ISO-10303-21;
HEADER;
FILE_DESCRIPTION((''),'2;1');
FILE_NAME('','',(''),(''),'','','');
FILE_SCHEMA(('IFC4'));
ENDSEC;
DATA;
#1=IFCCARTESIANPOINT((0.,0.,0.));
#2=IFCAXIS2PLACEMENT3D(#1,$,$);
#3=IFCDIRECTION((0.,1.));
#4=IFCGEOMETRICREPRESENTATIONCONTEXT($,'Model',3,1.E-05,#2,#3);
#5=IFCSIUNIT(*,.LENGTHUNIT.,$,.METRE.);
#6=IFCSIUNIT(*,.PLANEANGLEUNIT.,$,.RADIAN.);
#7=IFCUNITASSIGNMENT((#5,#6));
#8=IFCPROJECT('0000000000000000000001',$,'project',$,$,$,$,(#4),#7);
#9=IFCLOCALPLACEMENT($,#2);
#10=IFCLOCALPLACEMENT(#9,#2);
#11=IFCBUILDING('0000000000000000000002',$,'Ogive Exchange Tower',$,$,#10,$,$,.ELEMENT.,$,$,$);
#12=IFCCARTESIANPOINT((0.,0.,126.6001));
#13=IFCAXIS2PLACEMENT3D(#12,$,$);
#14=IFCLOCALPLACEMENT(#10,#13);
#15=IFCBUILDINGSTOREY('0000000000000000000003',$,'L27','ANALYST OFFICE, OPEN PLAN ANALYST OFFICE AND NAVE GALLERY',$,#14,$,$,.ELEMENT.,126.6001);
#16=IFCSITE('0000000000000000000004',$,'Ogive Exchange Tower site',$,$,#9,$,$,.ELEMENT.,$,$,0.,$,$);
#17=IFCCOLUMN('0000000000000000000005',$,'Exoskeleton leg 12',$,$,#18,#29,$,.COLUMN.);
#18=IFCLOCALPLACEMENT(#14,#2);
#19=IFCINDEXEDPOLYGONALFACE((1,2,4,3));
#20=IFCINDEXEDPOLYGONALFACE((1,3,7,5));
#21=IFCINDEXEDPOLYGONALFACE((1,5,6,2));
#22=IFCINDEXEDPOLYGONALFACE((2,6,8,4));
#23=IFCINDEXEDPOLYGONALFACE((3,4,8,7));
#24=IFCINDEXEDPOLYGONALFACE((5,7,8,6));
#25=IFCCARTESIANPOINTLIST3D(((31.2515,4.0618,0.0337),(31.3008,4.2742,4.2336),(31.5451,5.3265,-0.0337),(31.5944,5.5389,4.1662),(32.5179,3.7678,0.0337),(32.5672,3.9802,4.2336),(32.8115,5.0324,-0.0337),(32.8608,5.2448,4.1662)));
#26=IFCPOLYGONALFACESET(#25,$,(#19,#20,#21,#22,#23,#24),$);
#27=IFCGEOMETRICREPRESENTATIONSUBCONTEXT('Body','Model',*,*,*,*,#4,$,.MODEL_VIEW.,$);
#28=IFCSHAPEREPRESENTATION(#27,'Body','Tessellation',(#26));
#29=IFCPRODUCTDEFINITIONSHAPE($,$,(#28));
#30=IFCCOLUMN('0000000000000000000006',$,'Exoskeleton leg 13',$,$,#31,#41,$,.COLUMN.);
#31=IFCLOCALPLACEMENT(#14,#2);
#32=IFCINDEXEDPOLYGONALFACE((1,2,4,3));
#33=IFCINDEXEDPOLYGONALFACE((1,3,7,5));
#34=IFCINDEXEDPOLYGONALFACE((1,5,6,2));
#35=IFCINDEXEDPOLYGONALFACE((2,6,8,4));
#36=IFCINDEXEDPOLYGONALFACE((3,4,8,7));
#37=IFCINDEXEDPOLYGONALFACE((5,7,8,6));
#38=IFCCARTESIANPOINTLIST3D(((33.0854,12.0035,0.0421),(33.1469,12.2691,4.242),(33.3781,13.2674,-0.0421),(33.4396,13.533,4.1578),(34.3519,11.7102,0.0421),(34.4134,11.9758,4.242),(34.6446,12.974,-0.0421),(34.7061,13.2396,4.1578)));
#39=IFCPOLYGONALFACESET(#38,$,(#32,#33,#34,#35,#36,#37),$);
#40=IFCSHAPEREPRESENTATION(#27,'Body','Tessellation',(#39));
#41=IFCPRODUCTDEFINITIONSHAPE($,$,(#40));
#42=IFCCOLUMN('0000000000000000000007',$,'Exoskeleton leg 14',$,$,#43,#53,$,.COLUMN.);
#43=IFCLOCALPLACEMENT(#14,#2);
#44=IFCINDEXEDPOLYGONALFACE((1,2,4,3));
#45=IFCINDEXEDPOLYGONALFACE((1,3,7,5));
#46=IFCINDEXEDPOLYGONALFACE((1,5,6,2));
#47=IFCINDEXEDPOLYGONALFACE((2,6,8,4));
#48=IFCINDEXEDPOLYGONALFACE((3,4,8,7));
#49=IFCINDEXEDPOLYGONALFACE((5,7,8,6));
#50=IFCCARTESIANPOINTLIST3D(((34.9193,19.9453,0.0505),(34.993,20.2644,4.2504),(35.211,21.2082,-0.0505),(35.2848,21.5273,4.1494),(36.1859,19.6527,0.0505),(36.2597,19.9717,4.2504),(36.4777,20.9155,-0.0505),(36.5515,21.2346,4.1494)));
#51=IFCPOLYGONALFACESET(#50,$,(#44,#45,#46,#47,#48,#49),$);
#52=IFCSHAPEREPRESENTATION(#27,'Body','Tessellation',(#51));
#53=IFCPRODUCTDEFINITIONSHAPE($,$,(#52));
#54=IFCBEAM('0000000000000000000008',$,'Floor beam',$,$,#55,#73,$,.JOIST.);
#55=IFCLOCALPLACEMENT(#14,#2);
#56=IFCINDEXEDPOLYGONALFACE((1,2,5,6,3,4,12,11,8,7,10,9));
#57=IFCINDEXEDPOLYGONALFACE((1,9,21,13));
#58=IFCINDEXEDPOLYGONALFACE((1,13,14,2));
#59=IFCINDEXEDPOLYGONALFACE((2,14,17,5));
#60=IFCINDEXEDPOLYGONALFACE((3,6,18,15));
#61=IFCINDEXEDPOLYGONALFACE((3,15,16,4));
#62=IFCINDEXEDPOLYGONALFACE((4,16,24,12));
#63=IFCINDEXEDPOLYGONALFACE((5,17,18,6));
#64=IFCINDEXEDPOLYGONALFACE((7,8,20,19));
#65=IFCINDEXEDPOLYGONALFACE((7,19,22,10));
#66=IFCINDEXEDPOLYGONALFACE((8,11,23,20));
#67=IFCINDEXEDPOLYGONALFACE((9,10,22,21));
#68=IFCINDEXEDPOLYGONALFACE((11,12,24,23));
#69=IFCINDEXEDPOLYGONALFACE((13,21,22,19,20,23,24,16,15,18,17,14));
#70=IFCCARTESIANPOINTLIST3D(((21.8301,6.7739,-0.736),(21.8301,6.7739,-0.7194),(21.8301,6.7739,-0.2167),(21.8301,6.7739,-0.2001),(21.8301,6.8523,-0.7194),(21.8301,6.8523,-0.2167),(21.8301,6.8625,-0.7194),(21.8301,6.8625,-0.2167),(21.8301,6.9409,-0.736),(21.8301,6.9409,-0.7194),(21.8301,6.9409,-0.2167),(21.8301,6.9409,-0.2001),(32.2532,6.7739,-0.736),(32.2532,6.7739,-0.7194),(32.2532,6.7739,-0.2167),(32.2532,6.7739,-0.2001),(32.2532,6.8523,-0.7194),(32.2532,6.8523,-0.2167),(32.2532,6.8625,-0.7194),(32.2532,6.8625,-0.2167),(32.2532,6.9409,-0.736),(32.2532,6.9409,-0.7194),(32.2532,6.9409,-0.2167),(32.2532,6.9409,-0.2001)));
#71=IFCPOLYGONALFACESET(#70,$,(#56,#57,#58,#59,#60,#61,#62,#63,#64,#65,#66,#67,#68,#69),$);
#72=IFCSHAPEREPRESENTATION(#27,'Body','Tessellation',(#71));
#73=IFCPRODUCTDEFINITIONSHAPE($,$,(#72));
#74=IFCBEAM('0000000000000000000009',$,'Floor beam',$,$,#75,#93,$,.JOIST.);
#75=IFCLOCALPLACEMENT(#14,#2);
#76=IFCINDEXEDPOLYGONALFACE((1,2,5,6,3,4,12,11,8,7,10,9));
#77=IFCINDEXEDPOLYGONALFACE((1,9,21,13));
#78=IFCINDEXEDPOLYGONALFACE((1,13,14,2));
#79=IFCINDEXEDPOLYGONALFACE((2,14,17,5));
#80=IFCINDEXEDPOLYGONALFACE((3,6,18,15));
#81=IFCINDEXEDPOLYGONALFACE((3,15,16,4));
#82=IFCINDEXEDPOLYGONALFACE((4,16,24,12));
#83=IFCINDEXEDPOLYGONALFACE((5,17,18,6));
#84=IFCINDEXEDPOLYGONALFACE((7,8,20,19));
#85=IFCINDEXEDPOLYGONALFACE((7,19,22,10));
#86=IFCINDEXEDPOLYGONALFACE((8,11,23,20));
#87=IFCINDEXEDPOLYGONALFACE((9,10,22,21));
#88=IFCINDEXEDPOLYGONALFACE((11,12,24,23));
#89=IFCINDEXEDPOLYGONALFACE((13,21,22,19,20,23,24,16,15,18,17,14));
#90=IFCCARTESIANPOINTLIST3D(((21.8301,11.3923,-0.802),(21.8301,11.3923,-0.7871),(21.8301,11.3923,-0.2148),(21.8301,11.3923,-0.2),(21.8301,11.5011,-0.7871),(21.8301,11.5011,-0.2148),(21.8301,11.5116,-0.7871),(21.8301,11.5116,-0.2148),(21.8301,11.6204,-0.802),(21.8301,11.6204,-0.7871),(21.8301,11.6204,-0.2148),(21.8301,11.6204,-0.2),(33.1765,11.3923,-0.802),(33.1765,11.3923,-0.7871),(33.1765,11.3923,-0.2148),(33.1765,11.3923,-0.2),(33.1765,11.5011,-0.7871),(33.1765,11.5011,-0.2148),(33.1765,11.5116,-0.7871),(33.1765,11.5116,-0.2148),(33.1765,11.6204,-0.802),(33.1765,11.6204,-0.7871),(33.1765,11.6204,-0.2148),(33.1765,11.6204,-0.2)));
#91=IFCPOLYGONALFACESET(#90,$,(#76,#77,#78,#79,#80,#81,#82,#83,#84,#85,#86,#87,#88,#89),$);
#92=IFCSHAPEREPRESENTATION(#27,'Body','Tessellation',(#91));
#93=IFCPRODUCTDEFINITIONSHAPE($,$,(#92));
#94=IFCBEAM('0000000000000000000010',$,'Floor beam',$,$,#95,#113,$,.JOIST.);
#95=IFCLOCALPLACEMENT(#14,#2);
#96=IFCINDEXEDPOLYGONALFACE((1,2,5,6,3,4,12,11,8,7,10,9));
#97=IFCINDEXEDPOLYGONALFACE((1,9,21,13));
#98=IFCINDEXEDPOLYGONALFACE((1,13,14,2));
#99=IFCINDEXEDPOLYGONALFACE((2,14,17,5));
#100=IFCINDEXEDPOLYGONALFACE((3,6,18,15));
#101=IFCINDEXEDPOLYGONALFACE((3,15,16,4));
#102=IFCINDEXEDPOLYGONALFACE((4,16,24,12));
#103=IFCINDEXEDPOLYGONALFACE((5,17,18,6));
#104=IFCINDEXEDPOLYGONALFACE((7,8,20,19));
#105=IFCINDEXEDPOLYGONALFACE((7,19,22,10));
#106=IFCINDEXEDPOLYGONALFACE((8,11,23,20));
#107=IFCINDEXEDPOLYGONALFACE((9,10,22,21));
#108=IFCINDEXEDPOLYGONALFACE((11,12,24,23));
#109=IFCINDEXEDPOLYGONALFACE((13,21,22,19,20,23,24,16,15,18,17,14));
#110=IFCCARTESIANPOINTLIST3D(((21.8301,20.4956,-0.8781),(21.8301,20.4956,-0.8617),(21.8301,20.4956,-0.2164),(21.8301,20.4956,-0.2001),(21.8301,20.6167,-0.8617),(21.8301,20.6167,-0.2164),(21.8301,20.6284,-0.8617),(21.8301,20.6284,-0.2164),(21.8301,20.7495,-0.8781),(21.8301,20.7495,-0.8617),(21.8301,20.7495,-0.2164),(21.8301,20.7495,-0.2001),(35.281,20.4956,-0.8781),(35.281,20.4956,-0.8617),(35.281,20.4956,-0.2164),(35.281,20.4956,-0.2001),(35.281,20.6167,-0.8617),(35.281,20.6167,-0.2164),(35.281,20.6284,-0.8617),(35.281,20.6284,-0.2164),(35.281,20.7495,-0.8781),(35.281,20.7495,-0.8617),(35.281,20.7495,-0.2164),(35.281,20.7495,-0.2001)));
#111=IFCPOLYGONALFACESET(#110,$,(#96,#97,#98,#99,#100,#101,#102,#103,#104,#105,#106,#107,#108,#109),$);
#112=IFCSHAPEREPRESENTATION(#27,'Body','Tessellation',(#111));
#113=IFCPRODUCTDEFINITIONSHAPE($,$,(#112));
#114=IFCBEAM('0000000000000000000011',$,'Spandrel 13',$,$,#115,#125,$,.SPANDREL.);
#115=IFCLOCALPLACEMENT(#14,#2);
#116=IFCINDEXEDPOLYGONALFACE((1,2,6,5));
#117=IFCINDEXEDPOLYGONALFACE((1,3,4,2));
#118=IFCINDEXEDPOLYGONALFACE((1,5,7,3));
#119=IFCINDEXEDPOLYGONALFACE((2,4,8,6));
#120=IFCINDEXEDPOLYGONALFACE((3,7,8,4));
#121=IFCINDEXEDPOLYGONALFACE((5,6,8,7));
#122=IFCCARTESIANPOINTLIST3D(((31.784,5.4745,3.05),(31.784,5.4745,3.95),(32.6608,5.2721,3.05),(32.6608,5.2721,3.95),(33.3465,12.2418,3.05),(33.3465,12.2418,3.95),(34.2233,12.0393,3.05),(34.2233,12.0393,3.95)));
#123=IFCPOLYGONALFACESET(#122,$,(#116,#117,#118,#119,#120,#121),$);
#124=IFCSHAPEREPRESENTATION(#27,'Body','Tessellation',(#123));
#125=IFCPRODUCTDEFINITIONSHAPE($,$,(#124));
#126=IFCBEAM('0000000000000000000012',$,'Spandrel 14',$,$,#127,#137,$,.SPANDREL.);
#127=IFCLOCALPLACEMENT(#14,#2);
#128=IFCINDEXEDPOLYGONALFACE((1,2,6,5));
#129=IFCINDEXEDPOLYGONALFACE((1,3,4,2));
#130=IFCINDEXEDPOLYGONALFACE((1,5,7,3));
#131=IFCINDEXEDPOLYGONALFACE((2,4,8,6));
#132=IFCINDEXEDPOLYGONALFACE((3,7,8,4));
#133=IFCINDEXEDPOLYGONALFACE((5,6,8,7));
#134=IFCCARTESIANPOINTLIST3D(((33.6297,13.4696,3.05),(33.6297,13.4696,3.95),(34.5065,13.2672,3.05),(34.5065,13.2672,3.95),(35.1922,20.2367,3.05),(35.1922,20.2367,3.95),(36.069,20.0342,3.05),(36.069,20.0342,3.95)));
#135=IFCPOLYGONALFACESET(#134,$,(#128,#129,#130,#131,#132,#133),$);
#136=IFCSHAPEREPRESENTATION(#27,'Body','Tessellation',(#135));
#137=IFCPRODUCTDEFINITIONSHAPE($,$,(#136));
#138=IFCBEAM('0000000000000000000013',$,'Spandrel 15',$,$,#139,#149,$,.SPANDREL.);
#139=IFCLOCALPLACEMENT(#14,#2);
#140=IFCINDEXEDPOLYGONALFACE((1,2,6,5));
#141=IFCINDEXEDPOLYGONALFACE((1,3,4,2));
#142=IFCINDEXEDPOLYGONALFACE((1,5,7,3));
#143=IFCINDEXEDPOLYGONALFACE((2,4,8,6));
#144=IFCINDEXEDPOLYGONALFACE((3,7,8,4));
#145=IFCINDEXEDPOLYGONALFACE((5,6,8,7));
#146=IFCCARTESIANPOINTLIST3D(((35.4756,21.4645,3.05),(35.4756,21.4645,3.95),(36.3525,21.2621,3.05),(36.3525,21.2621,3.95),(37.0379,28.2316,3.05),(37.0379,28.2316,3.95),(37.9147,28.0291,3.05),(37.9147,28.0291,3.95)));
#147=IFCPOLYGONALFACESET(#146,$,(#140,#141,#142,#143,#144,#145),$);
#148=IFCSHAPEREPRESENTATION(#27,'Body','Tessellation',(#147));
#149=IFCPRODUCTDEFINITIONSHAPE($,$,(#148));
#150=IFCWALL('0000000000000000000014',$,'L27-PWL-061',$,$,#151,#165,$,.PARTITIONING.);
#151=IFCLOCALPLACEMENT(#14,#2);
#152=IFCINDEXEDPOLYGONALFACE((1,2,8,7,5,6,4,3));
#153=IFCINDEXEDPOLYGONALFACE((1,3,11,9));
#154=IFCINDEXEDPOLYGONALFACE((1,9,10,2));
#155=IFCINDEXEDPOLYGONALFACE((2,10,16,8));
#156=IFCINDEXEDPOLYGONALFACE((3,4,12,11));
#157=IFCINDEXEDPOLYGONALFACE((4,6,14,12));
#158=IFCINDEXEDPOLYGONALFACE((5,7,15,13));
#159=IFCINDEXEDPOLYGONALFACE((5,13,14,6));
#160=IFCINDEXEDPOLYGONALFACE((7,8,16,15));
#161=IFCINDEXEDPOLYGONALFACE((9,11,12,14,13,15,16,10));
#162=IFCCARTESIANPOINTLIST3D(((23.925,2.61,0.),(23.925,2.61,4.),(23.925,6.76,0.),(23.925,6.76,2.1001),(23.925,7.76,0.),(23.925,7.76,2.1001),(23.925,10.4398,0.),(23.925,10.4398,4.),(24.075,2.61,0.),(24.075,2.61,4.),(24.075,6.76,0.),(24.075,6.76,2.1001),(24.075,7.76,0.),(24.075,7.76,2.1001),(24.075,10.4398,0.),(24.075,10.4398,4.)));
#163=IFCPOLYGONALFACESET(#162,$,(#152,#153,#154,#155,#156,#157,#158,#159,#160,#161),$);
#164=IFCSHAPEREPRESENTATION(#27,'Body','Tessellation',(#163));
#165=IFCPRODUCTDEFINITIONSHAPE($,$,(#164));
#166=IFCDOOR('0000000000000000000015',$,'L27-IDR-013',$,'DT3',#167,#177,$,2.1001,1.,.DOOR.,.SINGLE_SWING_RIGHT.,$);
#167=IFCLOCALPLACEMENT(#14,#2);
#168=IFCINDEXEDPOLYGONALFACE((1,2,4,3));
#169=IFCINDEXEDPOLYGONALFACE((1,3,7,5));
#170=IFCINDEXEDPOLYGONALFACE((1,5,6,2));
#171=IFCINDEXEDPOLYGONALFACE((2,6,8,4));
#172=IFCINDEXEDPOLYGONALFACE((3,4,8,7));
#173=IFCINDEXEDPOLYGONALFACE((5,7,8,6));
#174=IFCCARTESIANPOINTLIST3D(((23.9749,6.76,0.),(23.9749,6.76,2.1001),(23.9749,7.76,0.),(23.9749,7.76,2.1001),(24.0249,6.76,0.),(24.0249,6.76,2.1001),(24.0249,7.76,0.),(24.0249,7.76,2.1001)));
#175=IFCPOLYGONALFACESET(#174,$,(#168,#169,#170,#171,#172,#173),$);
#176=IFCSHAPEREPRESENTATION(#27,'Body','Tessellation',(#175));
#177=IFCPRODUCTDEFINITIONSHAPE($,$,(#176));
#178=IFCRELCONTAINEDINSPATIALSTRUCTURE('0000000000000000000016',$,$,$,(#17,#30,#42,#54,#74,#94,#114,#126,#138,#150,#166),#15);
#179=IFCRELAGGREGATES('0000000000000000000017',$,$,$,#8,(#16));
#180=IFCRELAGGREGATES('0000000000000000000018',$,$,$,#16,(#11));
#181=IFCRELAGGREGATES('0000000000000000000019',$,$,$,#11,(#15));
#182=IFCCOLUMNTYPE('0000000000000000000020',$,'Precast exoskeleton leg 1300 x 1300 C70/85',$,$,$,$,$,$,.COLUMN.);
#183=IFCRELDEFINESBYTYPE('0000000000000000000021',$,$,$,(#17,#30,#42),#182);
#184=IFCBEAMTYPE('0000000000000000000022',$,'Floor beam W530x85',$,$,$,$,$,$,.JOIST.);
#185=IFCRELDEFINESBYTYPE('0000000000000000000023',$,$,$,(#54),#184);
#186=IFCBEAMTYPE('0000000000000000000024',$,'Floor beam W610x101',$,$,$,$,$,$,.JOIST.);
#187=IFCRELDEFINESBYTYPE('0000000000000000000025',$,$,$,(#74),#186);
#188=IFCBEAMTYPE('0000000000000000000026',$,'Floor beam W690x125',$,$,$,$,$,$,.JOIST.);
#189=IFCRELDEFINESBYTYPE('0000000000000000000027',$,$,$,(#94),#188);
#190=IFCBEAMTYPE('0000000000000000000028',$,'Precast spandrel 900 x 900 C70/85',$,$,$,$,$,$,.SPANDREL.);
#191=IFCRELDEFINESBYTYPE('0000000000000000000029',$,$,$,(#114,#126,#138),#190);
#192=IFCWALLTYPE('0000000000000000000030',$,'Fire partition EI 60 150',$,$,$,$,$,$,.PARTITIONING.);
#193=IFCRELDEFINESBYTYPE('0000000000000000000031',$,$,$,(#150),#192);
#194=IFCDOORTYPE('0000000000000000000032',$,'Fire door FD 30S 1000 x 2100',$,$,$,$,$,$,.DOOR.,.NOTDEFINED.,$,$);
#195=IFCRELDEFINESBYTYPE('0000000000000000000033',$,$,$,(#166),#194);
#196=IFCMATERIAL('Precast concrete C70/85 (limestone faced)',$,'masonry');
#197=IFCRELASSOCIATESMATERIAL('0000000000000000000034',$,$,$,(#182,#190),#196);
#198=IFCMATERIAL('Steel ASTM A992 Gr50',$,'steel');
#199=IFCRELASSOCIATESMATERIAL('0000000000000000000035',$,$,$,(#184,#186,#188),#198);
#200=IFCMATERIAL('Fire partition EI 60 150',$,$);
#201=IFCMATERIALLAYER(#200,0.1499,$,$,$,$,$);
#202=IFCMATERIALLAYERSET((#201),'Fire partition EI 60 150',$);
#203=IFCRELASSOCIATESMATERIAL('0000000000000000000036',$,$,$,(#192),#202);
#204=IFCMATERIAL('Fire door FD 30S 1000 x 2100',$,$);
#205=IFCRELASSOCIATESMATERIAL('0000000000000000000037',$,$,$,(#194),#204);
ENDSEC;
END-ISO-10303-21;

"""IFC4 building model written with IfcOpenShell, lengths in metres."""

from ifc_helpers import new_model, si_unit, direction, frame, frame_2d, origin, origin_2d, place, context, subcontext, project, spatial, rectangle, i_section, extrude, material, layer, layer_set, material_profile, profile_set, type_object, element, fill, save


model = new_model("IFC4")

# Units and contexts
model_context = context("Model", 3, precision=1e-05, world=origin(), true_north=direction((0.0, 1.0)))
body_context = subcontext(model_context, "Body", "Model", "MODEL_VIEW")
ifc_project = project(units=[si_unit("LENGTHUNIT", "METRE"), si_unit("PLANEANGLEUNIT", "RADIAN")], contexts=[model_context])

# Site, building, storey
site_placement = place(None, origin())
site = spatial("IfcSite", under=ifc_project, at=site_placement, Name="Ogive Exchange Tower site", CompositionType="ELEMENT", RefElevation=0.0)
building_placement = place(site_placement, origin())
building = spatial("IfcBuilding", under=site, at=building_placement, Name="Ogive Exchange Tower", CompositionType="ELEMENT")
storey_placement = place(building_placement, frame((0.0, 0.0, 126.6001)))
storey = spatial("IfcBuildingStorey", under=building, at=storey_placement, Name="L27", Description="ANALYST OFFICE, OPEN PLAN ANALYST OFFICE AND NAVE GALLERY", CompositionType="ELEMENT", Elevation=126.6001)

# Columns
ifc_material_1 = material(Name="Precast concrete C70/85 (limestone faced)", Category="masonry")
ifc_material_profile_1 = material_profile(ifc_material_1, rectangle(XDim=1.3, YDim=1.3, at=origin_2d()), Name="1300 x 1300")
ifc_profile_set_1 = profile_set([ifc_material_profile_1], Name="Precast concrete C70/85 (limestone faced)")
column_type = type_object("IfcColumnType", Name="Precast exoskeleton leg 1300 x 1300 C70/85", PredefinedType="COLUMN", material=ifc_profile_set_1)
column_1_placement = place(storey_placement, frame((32.0315, 4.5471, 0.0), z_axis=(0.011726, 0.050505, 0.998655), x_axis=(-0.974088, 0.226168, 0.0)))
element("IfcColumn", 1, at=column_1_placement, inside=storey, type_object=column_type, Name="Exoskeleton leg 12", PredefinedType="COLUMN", context=body_context, shape_type="SweptSolid", body=[
    extrude(rectangle(XDim=1.3, YDim=1.3, at=origin_2d()), origin(), (0.0, 0.0, 1.0), 4.2056),
])
column_2_placement = place(storey_placement, frame((33.865, 12.4888, 0.0), z_axis=(0.014618, 0.063112, 0.997899), x_axis=(-0.97421, 0.225644, 0.0)))
element("IfcColumn", 2, at=column_2_placement, inside=storey, type_object=column_type, Name="Exoskeleton leg 13", PredefinedType="COLUMN", context=body_context, shape_type="SweptSolid", body=[
    extrude(rectangle(XDim=1.3, YDim=1.3, at=origin_2d()), origin(), (0.0, 0.0, 1.0), 4.2087),
])
column_3_placement = place(storey_placement, frame((35.6985, 20.4304, 0.0), z_axis=(0.017502, 0.075745, 0.996974), x_axis=(-0.974328, 0.225132, 0.0)))
element("IfcColumn", 3, at=column_3_placement, inside=storey, type_object=column_type, Name="Exoskeleton leg 14", PredefinedType="COLUMN", context=body_context, shape_type="SweptSolid", body=[
    extrude(rectangle(XDim=1.3, YDim=1.3, at=origin_2d()), origin(), (0.0, 0.0, 1.0), 4.2126),
])

# Beams
ifc_material_2 = material(Name="Steel ASTM A992 Gr50", Category="steel")
ifc_material_profile_2 = material_profile(ifc_material_2, i_section(OverallWidth=0.167, OverallDepth=0.5359, WebThickness=0.0103, FlangeThickness=0.0166, at=origin_2d()), Name="W530x85")
ifc_profile_set_2 = profile_set([ifc_material_profile_2], Name="Steel ASTM A992 Gr50")
beam_type_1 = type_object("IfcBeamType", Name="Floor beam W530x85", PredefinedType="JOIST", material=ifc_profile_set_2)
beam_1_placement = place(storey_placement, frame((21.8301, 6.8574, -0.468), z_axis=(1.0, 0.0, 0.0), x_axis=(0.0, 1.0, 0.0)))
element("IfcBeam", 4, at=beam_1_placement, inside=storey, type_object=beam_type_1, Name="Floor beam", PredefinedType="JOIST", context=body_context, shape_type="SweptSolid", body=[
    extrude(i_section(OverallWidth=0.167, OverallDepth=0.5359, WebThickness=0.0103, FlangeThickness=0.0166, at=origin_2d()), origin(), (0.0, 0.0, 1.0), 10.4231),
])
ifc_material_profile_3 = material_profile(ifc_material_2, i_section(OverallWidth=0.228, OverallDepth=0.6021, WebThickness=0.0105, FlangeThickness=0.0149, at=origin_2d()), Name="W610x101")
ifc_profile_set_3 = profile_set([ifc_material_profile_3], Name="Steel ASTM A992 Gr50")
beam_type_2 = type_object("IfcBeamType", Name="Floor beam W610x101", PredefinedType="JOIST", material=ifc_profile_set_3)
beam_2_placement = place(storey_placement, frame((21.8301, 11.5063, -0.501), z_axis=(1.0, 0.0, 0.0), x_axis=(0.0, 1.0, 0.0)))
element("IfcBeam", 5, at=beam_2_placement, inside=storey, type_object=beam_type_2, Name="Floor beam", PredefinedType="JOIST", context=body_context, shape_type="SweptSolid", body=[
    extrude(i_section(OverallWidth=0.228, OverallDepth=0.6021, WebThickness=0.0105, FlangeThickness=0.0149, at=origin_2d()), origin(), (0.0, 0.0, 1.0), 11.3464),
])
ifc_material_profile_4 = material_profile(ifc_material_2, i_section(OverallWidth=0.2539, OverallDepth=0.678, WebThickness=0.0117, FlangeThickness=0.0164, at=origin_2d()), Name="W690x125")
ifc_profile_set_4 = profile_set([ifc_material_profile_4], Name="Steel ASTM A992 Gr50")
beam_type_3 = type_object("IfcBeamType", Name="Floor beam W690x125", PredefinedType="JOIST", material=ifc_profile_set_4)
beam_3_placement = place(storey_placement, frame((21.8301, 20.6226, -0.5391), z_axis=(1.0, 0.0, 0.0), x_axis=(0.0, 1.0, 0.0)))
element("IfcBeam", 6, at=beam_3_placement, inside=storey, type_object=beam_type_3, Name="Floor beam", PredefinedType="JOIST", context=body_context, shape_type="SweptSolid", body=[
    extrude(i_section(OverallWidth=0.2539, OverallDepth=0.678, WebThickness=0.0117, FlangeThickness=0.0164, at=origin_2d()), origin(), (0.0, 0.0, 1.0), 13.4509),
])
ifc_material_profile_5 = material_profile(ifc_material_1, rectangle(XDim=0.8999, YDim=0.8999, at=origin_2d()), Name="900 x 900")
ifc_profile_set_5 = profile_set([ifc_material_profile_5], Name="Precast concrete C70/85 (limestone faced)")
beam_type_4 = type_object("IfcBeamType", Name="Precast spandrel 900 x 900 C70/85", PredefinedType="SPANDREL", material=ifc_profile_set_5)
beam_4_placement = place(storey_placement, frame((32.2224, 5.3733, 3.5), z_axis=(0.22497, 0.974366, 0.0), x_axis=(-0.974366, 0.22497, 0.0)))
element("IfcBeam", 7, at=beam_4_placement, inside=storey, type_object=beam_type_4, Name="Spandrel 13", PredefinedType="SPANDREL", context=body_context, shape_type="SweptSolid", body=[
    extrude(rectangle(XDim=0.8999, YDim=0.8999, at=origin_2d()), origin(), (0.0, 0.0, 1.0), 6.9453),
])
for number, where, z_axis, x_axis, name in (
    (8, (34.0681, 13.3684, 3.5), (0.224978, 0.974364, 0.0), (-0.974364, 0.224978, 0.0), "Spandrel 14"),
    (9, (35.9141, 21.3633, 3.5), (0.224944, 0.974372, 0.0), (-0.974372, 0.224944, 0.0), "Spandrel 15"),
):
    element("IfcBeam", number, at=place(storey_placement, frame(where, z_axis=z_axis, x_axis=x_axis)), inside=storey, type_object=beam_type_4, Name=name, PredefinedType="SPANDREL", context=body_context, shape_type="SweptSolid", body=[
        extrude(rectangle(XDim=0.8999, YDim=0.8999, at=origin_2d()), origin(), (0.0, 0.0, 1.0), 6.9451),
    ])

# Wall, opening, door
ifc_material_3 = material(Name="Fire partition EI 60 150")
ifc_layer_1 = layer(ifc_material_3, 0.1499)
ifc_layer_set_1 = layer_set([ifc_layer_1], Name="Fire partition EI 60 150")
wall_type_1 = type_object("IfcWallType", Name="Fire partition EI 60 150", PredefinedType="PARTITIONING", material=ifc_layer_set_1)
wall_1_placement = place(storey_placement, frame((24.0, 10.4399, 0.0), z_axis=(0.0, 0.0, 1.0), x_axis=(0.0, -1.0, 0.0)))
wall_1 = element("IfcWall", 10, at=wall_1_placement, inside=storey, type_object=wall_type_1, Name="L27-PWL-061", PredefinedType="PARTITIONING", context=body_context, shape_type="SweptSolid", body=[
    extrude(rectangle(XDim=7.8298, YDim=0.1499, at=frame_2d((3.915, 0.0))), origin(), (0.0, 0.0, 1.0), 4.0),
])
opening_1_placement = place(wall_1_placement, frame((2.6799, 0.0, 0.0)))
opening_1 = element("IfcOpeningElement", 11, at=opening_1_placement, cuts=wall_1, PredefinedType="OPENING", context=body_context, shape_type="SweptSolid", body=[
    extrude(rectangle(XDim=1.0, YDim=2.1001, at=frame_2d((0.5, 1.05))), frame((0.0, 0.085, 0.0), z_axis=(0.0, -1.0, 0.0), x_axis=(1.0, 0.0, 0.0)), (0.0, 0.0, 1.0), 0.1699),
])
ifc_material_4 = material(Name="Fire door FD 30S 1000 x 2100")
door_type = type_object("IfcDoorType", Name="Fire door FD 30S 1000 x 2100", OperationType="NOTDEFINED", PredefinedType="DOOR", material=ifc_material_4)
door_1_placement = place(opening_1_placement, origin())
door_1 = element("IfcDoor", 12, at=door_1_placement, inside=storey, type_object=door_type, Name="L27-IDR-013", ObjectType="DT3", OperationType="SINGLE_SWING_RIGHT", OverallHeight=2.1001, OverallWidth=1.0, PredefinedType="DOOR", context=body_context, shape_type="SweptSolid", body=[
    extrude(rectangle(XDim=1.0, YDim=2.1001, at=frame_2d((0.5, 1.05))), frame((0.0, 0.0249, 0.0), z_axis=(0.0, -1.0, 0.0), x_axis=(1.0, 0.0, 0.0)), (0.0, 0.0, 1.0), 0.05),
])
fill(opening_1, door_1)

save(model, "model.ifc")
